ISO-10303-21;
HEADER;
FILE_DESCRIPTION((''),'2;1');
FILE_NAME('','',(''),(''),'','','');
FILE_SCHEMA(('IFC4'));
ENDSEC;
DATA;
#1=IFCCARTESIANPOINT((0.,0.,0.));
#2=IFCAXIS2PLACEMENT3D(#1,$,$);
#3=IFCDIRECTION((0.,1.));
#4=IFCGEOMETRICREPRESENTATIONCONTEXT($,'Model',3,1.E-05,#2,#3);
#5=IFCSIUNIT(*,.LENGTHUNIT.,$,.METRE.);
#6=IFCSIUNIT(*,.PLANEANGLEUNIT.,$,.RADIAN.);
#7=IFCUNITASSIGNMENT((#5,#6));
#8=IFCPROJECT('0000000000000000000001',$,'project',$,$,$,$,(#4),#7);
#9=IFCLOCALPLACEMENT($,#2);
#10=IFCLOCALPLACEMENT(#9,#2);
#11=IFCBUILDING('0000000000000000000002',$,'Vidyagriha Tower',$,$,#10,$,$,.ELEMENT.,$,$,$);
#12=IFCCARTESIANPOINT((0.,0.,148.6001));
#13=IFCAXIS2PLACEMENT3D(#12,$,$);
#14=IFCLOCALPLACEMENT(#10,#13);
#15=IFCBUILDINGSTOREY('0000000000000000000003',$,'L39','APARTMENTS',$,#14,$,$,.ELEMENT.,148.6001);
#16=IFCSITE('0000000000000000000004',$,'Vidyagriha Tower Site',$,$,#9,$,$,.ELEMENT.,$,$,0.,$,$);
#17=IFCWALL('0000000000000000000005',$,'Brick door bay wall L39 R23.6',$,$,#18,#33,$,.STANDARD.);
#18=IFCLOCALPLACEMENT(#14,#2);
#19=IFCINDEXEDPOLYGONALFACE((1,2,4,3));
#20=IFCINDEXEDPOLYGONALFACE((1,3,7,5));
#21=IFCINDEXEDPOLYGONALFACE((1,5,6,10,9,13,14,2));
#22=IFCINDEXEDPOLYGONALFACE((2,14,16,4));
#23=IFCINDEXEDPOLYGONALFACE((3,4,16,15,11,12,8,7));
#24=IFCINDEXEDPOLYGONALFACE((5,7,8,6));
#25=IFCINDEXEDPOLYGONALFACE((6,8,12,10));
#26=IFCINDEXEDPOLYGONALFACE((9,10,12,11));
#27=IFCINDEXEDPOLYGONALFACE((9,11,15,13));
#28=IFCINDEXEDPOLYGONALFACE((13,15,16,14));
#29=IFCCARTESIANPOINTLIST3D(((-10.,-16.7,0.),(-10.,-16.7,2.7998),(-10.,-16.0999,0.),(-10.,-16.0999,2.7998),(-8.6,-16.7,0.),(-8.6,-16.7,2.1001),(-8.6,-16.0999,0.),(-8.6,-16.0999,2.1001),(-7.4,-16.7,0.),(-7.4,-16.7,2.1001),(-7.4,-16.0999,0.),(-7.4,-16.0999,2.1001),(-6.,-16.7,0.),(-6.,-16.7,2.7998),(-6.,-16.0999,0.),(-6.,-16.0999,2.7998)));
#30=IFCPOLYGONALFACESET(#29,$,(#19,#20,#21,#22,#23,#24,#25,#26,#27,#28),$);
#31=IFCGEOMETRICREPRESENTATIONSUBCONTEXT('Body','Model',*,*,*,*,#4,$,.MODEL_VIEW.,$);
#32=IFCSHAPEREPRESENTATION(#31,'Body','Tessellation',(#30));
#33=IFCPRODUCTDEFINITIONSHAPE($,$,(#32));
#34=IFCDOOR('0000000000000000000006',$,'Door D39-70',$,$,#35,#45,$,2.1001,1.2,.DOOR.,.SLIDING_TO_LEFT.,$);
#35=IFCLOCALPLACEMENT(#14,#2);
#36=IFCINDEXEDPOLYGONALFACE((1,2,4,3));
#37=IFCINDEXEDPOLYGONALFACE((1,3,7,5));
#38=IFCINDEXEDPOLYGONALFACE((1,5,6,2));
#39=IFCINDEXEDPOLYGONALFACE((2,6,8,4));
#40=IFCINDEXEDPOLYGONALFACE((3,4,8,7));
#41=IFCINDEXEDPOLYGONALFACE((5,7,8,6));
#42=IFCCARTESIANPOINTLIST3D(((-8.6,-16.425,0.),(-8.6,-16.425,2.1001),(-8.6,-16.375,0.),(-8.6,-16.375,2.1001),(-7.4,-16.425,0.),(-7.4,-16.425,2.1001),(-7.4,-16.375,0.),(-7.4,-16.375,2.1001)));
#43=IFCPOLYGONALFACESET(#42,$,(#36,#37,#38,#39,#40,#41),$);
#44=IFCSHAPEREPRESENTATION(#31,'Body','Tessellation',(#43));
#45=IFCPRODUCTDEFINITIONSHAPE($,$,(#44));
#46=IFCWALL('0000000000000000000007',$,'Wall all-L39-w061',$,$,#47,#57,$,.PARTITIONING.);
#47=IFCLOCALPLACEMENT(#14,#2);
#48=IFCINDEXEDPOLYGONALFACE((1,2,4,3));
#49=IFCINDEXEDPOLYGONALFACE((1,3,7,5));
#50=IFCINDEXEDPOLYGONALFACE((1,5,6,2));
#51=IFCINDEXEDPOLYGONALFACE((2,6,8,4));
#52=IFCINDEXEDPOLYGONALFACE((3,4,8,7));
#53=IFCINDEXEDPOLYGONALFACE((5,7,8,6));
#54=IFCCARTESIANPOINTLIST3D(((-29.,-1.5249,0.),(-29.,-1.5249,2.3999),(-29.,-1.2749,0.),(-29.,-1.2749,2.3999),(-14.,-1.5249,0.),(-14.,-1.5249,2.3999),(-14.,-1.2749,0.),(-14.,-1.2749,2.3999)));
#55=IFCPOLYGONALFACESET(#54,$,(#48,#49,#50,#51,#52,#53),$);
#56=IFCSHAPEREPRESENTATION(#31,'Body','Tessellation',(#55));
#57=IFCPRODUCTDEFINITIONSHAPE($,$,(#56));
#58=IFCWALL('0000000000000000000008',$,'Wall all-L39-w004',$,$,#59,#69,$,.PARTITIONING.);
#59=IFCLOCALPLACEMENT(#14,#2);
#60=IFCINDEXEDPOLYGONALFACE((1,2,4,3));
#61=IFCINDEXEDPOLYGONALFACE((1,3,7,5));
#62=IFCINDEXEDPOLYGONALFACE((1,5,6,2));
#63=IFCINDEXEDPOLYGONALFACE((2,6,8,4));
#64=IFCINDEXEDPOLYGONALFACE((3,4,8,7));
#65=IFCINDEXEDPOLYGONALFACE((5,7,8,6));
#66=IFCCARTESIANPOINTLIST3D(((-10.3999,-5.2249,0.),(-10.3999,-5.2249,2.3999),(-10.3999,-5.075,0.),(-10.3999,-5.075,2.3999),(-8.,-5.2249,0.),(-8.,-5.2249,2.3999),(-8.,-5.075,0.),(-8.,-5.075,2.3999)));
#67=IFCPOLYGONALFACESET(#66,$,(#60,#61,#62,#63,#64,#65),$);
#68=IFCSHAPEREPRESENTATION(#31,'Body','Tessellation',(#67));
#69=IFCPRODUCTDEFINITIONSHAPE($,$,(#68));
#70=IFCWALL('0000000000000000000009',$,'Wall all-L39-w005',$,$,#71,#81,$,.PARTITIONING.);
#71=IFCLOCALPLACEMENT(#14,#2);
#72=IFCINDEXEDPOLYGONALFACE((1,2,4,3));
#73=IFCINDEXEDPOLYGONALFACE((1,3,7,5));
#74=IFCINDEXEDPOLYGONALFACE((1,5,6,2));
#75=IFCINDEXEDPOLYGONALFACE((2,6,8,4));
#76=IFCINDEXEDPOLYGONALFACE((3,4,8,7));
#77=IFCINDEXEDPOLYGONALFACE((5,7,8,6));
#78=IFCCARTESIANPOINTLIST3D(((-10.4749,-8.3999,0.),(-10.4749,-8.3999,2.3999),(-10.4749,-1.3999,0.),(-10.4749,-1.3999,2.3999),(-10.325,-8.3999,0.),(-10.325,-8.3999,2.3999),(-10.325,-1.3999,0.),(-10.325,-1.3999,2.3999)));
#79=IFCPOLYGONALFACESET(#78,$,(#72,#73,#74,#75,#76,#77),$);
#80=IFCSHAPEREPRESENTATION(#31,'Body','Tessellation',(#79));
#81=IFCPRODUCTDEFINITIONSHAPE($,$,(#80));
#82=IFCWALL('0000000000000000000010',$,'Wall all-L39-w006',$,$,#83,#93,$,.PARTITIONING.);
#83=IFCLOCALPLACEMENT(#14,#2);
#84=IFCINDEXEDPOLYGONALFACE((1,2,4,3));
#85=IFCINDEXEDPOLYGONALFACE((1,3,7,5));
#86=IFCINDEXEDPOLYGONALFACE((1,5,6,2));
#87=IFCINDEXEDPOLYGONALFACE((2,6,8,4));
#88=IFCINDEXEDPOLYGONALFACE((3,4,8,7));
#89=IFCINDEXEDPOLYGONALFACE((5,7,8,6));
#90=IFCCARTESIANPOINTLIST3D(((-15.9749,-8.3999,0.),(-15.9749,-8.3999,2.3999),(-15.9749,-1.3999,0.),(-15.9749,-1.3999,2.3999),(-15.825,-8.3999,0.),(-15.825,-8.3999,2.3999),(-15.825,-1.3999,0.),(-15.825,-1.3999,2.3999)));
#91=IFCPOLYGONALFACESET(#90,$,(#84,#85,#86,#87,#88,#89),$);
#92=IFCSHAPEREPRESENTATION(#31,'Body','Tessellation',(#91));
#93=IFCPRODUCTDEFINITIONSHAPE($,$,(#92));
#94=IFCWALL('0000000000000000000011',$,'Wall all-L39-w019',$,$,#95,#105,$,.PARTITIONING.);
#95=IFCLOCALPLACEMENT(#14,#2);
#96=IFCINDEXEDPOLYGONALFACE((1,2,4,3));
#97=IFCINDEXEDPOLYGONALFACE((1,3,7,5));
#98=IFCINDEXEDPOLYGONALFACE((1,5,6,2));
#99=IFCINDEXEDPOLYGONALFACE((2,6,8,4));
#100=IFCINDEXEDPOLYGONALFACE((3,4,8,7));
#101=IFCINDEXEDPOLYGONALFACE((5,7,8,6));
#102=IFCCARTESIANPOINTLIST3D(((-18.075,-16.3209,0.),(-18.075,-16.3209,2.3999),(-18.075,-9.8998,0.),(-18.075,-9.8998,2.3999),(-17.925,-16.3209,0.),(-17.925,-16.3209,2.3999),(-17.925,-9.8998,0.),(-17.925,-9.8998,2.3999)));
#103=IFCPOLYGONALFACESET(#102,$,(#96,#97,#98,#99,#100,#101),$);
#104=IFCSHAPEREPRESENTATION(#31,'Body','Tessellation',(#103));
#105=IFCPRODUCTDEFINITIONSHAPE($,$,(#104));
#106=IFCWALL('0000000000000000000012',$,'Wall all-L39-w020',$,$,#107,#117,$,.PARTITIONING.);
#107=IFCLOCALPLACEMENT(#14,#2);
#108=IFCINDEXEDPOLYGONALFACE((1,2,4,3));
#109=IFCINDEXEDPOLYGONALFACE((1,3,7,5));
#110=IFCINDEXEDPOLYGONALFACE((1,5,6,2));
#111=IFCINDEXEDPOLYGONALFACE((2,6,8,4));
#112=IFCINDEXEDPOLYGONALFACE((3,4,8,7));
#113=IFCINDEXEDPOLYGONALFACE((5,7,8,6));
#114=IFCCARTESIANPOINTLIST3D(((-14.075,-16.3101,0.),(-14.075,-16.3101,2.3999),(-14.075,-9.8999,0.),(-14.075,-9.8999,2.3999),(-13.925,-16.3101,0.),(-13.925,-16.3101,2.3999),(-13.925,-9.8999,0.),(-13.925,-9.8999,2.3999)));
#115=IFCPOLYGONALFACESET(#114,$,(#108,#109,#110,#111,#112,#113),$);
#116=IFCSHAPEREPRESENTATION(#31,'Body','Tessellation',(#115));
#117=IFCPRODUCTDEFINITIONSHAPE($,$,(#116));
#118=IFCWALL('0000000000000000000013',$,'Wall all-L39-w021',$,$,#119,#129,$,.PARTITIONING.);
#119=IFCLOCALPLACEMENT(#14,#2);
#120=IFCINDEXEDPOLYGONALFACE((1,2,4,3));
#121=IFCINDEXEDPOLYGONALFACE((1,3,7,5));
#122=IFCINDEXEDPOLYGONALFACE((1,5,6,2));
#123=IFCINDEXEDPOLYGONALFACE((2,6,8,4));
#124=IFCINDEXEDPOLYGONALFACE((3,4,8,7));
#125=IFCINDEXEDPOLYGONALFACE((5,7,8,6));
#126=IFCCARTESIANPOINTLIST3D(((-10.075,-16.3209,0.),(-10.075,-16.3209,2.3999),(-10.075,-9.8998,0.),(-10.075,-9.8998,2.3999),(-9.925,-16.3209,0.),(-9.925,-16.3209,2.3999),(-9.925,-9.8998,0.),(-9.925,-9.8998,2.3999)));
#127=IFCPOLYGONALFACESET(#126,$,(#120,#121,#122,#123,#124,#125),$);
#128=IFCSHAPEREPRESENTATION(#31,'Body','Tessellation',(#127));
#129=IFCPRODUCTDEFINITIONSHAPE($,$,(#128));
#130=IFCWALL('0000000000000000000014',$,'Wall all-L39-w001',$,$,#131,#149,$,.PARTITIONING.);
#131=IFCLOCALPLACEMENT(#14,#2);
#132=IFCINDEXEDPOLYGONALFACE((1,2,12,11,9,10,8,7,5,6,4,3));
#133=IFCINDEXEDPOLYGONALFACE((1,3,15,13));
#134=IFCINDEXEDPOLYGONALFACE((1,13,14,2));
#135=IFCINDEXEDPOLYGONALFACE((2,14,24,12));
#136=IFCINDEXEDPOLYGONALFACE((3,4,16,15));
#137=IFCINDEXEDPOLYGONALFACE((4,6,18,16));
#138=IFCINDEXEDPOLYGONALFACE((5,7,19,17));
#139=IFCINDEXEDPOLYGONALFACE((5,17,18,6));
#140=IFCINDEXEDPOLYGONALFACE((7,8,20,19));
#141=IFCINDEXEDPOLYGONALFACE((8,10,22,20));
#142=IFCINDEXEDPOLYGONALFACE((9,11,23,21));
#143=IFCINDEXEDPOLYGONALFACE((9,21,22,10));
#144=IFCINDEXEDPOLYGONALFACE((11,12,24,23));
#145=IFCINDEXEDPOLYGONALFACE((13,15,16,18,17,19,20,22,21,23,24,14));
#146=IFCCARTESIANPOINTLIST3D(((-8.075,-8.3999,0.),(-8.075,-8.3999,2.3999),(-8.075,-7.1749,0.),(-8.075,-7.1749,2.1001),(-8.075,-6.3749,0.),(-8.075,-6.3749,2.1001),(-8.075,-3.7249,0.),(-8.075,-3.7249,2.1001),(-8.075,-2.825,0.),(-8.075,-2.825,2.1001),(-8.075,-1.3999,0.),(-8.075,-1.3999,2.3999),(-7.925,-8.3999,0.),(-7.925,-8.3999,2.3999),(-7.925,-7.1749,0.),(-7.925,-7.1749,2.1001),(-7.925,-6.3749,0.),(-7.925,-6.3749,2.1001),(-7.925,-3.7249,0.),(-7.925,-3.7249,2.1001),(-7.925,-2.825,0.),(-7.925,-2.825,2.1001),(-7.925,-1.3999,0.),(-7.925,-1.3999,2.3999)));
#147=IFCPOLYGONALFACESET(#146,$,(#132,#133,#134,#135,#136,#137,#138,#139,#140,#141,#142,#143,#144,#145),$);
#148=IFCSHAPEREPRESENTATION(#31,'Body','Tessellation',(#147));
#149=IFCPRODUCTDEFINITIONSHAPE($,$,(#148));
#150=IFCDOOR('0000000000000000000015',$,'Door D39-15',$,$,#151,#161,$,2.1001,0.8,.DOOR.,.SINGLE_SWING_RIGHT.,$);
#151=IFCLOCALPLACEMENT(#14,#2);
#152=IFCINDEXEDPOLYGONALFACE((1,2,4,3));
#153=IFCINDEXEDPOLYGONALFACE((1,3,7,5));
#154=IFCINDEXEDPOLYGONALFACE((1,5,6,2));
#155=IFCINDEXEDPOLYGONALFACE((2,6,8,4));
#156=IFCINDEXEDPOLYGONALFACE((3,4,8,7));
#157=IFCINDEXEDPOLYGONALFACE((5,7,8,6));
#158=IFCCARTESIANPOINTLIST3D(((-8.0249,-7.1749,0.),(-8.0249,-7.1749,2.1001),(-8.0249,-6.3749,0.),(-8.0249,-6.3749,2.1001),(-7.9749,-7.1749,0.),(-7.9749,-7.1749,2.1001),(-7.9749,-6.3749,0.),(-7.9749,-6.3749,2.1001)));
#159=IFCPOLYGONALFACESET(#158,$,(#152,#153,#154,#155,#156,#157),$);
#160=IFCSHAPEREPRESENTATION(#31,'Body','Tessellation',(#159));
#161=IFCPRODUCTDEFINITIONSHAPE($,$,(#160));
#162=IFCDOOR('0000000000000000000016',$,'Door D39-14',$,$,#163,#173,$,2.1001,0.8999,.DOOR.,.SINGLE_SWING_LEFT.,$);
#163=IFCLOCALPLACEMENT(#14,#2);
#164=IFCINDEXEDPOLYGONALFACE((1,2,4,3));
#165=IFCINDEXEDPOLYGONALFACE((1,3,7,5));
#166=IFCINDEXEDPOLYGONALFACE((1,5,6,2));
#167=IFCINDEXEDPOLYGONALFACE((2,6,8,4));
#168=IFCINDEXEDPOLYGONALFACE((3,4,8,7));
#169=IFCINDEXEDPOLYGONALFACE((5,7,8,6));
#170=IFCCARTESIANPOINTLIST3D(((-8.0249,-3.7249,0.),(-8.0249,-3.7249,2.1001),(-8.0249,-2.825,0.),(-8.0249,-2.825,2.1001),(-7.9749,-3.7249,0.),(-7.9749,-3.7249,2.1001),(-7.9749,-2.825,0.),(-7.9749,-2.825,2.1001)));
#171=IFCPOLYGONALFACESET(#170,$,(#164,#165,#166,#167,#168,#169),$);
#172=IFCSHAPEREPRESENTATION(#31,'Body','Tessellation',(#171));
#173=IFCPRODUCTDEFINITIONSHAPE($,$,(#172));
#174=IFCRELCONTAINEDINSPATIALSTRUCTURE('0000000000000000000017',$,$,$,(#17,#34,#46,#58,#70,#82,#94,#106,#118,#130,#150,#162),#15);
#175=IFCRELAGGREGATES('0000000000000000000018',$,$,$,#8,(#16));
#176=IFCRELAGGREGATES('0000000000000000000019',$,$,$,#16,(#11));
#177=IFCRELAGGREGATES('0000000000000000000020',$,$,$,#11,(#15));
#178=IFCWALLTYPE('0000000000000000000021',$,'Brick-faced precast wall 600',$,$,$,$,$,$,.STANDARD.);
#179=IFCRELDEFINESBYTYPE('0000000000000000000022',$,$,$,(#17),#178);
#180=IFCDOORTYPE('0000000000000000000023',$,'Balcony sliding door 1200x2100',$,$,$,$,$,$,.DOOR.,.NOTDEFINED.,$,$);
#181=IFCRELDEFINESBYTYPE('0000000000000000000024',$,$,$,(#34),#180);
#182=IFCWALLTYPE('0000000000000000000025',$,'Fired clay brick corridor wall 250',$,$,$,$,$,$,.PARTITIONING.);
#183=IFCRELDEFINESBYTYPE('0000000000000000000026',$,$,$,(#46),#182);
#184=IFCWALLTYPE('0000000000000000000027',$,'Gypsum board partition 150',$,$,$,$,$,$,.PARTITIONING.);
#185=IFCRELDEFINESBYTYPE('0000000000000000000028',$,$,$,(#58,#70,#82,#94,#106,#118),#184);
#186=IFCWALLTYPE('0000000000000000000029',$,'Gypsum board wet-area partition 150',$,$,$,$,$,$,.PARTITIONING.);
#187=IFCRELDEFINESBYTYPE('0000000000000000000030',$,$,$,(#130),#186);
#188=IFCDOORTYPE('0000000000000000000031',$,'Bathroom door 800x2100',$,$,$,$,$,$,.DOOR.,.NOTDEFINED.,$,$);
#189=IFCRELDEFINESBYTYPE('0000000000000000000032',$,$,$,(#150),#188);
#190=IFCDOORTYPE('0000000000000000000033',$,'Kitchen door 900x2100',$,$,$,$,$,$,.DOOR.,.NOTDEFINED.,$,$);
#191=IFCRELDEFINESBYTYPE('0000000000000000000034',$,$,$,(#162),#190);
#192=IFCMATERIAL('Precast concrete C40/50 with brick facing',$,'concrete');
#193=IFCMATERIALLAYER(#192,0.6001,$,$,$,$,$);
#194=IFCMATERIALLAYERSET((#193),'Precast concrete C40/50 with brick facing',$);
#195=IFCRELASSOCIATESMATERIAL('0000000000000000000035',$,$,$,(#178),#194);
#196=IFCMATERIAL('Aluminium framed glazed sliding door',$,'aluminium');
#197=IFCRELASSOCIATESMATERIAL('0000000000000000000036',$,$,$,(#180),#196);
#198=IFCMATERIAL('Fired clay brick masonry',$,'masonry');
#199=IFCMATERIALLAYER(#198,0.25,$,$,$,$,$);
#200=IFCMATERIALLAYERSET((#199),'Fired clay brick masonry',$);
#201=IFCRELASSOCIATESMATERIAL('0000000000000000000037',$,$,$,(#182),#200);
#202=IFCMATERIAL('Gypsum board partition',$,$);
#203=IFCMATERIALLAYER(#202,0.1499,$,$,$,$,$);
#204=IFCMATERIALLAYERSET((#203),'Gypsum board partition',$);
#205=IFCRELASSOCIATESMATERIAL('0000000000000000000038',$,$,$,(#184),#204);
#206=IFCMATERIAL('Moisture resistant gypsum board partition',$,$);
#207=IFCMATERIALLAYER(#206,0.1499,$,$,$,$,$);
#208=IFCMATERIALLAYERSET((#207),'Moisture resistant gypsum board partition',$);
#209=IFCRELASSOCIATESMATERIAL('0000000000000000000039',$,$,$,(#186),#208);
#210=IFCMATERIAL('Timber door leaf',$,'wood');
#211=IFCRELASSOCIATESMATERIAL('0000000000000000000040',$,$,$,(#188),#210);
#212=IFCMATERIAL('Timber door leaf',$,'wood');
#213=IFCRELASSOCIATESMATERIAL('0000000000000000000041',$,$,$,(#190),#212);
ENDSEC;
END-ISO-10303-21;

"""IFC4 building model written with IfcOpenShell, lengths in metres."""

from ifc_helpers import new_model, si_unit, direction, frame, frame_2d, origin, place, context, subcontext, project, spatial, rectangle, extrude, material, layer, layer_set, type_object, element, fill, save


model = new_model("IFC4")

# Units and contexts
model_context = context("Model", 3, precision=1e-05, world=origin(), true_north=direction((0.0, 1.0)))
body_context = subcontext(model_context, "Body", "Model", "MODEL_VIEW")
ifc_project = project(units=[si_unit("LENGTHUNIT", "METRE"), si_unit("PLANEANGLEUNIT", "RADIAN")], contexts=[model_context])

# Site, building, storey
site_placement = place(None, origin())
site = spatial("IfcSite", under=ifc_project, at=site_placement, Name="Vidyagriha Tower Site", CompositionType="ELEMENT", RefElevation=0.0)
building_placement = place(site_placement, origin())
building = spatial("IfcBuilding", under=site, at=building_placement, Name="Vidyagriha Tower", CompositionType="ELEMENT")
storey_placement = place(building_placement, frame((0.0, 0.0, 148.6001)))
storey = spatial("IfcBuildingStorey", under=building, at=storey_placement, Name="L39", Description="APARTMENTS", CompositionType="ELEMENT", Elevation=148.6001)

# Wall, opening, door
ifc_material_1 = material(Name="Precast concrete C40/50 with brick facing", Category="concrete")
ifc_layer_1 = layer(ifc_material_1, 0.6001)
ifc_layer_set_1 = layer_set([ifc_layer_1], Name="Precast concrete C40/50 with brick facing")
wall_type_1 = type_object("IfcWallType", Name="Brick-faced precast wall 600", PredefinedType="STANDARD", material=ifc_layer_set_1)
ifc_material_2 = material(Name="Aluminium framed glazed sliding door", Category="aluminium")
door_type_1 = type_object("IfcDoorType", Name="Balcony sliding door 1200x2100", OperationType="NOTDEFINED", PredefinedType="DOOR", material=ifc_material_2)
wall_1_placement = place(storey_placement, frame((-10.0, -16.3999, 0.0)))
wall_1 = element("IfcWall", 1, at=wall_1_placement, inside=storey, type_object=wall_type_1, Name="Brick door bay wall L39 R23.6", PredefinedType="STANDARD", context=body_context, shape_type="SweptSolid", body=[
    extrude(rectangle(XDim=4.0, YDim=0.6001, at=frame_2d((2.0, 0.0))), origin(), (0.0, 0.0, 1.0), 2.7998),
])
opening_1_placement = place(wall_1_placement, frame((1.3999, 0.0, 0.0)))
opening_1 = element("IfcOpeningElement", 2, at=opening_1_placement, cuts=wall_1, PredefinedType="OPENING", context=body_context, shape_type="SweptSolid", body=[
    extrude(rectangle(XDim=1.2, YDim=2.1001, at=frame_2d((0.6001, 1.05))), frame((0.0, 0.3101, 0.0), z_axis=(0.0, -1.0, 0.0), x_axis=(1.0, 0.0, 0.0)), (0.0, 0.0, 1.0), 0.6201),
])
door_1_placement = place(opening_1_placement, origin())
door_1 = element("IfcDoor", 3, at=door_1_placement, inside=storey, type_object=door_type_1, Name="Door D39-70", OperationType="SLIDING_TO_LEFT", OverallHeight=2.1001, OverallWidth=1.2, PredefinedType="DOOR", context=body_context, shape_type="SweptSolid", body=[
    extrude(rectangle(XDim=1.2, YDim=2.1001, at=frame_2d((0.6001, 1.05))), frame((0.0, 0.0249, 0.0), z_axis=(0.0, -1.0, 0.0), x_axis=(1.0, 0.0, 0.0)), (0.0, 0.0, 1.0), 0.05),
])
fill(opening_1, door_1)

# Walls
ifc_material_3 = material(Name="Fired clay brick masonry", Category="masonry")
ifc_layer_2 = layer(ifc_material_3, 0.25)
ifc_layer_set_2 = layer_set([ifc_layer_2], Name="Fired clay brick masonry")
wall_type_2 = type_object("IfcWallType", Name="Fired clay brick corridor wall 250", PredefinedType="PARTITIONING", material=ifc_layer_set_2)
wall_2_placement = place(storey_placement, frame((-14.0, -1.3999, 0.0), z_axis=(0.0, 0.0, 1.0), x_axis=(-1.0, 0.0, 0.0)))
element("IfcWall", 4, at=wall_2_placement, inside=storey, type_object=wall_type_2, Name="Wall all-L39-w061", PredefinedType="PARTITIONING", context=body_context, shape_type="SweptSolid", body=[
    extrude(rectangle(XDim=15.0, YDim=0.25, at=frame_2d((7.5, 0.0))), origin(), (0.0, 0.0, 1.0), 2.3999),
])
ifc_material_4 = material(Name="Gypsum board partition")
ifc_layer_3 = layer(ifc_material_4, 0.1499)
ifc_layer_set_3 = layer_set([ifc_layer_3], Name="Gypsum board partition")
wall_type_3 = type_object("IfcWallType", Name="Gypsum board partition 150", PredefinedType="PARTITIONING", material=ifc_layer_set_3)
wall_3_placement = place(storey_placement, frame((-8.0, -5.1499, 0.0), z_axis=(0.0, 0.0, 1.0), x_axis=(-1.0, 0.0, 0.0)))
element("IfcWall", 5, at=wall_3_placement, inside=storey, type_object=wall_type_3, Name="Wall all-L39-w004", PredefinedType="PARTITIONING", context=body_context, shape_type="SweptSolid", body=[
    extrude(rectangle(XDim=2.3999, YDim=0.1499, at=frame_2d((1.2, 0.0))), origin(), (0.0, 0.0, 1.0), 2.3999),
])
for number, where, z_axis, x_axis, name in (
    (6, (-10.3999, -8.3999, 0.0), (0.0, 0.0, 1.0), (0.0, 1.0, 0.0), "Wall all-L39-w005"),
    (7, (-15.8999, -8.3999, 0.0), (0.0, 0.0, 1.0), (0.0, 1.0, 0.0), "Wall all-L39-w006"),
):
    element("IfcWall", number, at=place(storey_placement, frame(where, z_axis=z_axis, x_axis=x_axis)), inside=storey, type_object=wall_type_3, Name=name, PredefinedType="PARTITIONING", context=body_context, shape_type="SweptSolid", body=[
        extrude(rectangle(XDim=7.0, YDim=0.1499, at=frame_2d((3.5, 0.0))), origin(), (0.0, 0.0, 1.0), 2.3999),
    ])
wall_4_placement = place(storey_placement, frame((-18.0, -9.8999, 0.0), z_axis=(0.0, 0.0, 1.0), x_axis=(0.0, -1.0, 0.0)))
element("IfcWall", 8, at=wall_4_placement, inside=storey, type_object=wall_type_3, Name="Wall all-L39-w019", PredefinedType="PARTITIONING", context=body_context, shape_type="SweptSolid", body=[
    extrude(rectangle(XDim=6.4211, YDim=0.1499, at=frame_2d((3.2104, 0.0))), origin(), (0.0, 0.0, 1.0), 2.3999),
])
wall_5_placement = place(storey_placement, frame((-14.0, -9.8999, 0.0), z_axis=(0.0, 0.0, 1.0), x_axis=(0.0, -1.0, 0.0)))
element("IfcWall", 9, at=wall_5_placement, inside=storey, type_object=wall_type_3, Name="Wall all-L39-w020", PredefinedType="PARTITIONING", context=body_context, shape_type="SweptSolid", body=[
    extrude(rectangle(XDim=6.4102, YDim=0.1499, at=frame_2d((3.2051, 0.0))), origin(), (0.0, 0.0, 1.0), 2.3999),
])
wall_6_placement = place(storey_placement, frame((-10.0, -9.8999, 0.0), z_axis=(0.0, 0.0, 1.0), x_axis=(0.0, -1.0, 0.0)))
element("IfcWall", 10, at=wall_6_placement, inside=storey, type_object=wall_type_3, Name="Wall all-L39-w021", PredefinedType="PARTITIONING", context=body_context, shape_type="SweptSolid", body=[
    extrude(rectangle(XDim=6.4211, YDim=0.1499, at=frame_2d((3.2104, 0.0))), origin(), (0.0, 0.0, 1.0), 2.3999),
])

# Wall, openings, doors
ifc_material_5 = material(Name="Moisture resistant gypsum board partition")
ifc_layer_4 = layer(ifc_material_5, 0.1499)
ifc_layer_set_4 = layer_set([ifc_layer_4], Name="Moisture resistant gypsum board partition")
wall_type_4 = type_object("IfcWallType", Name="Gypsum board wet-area partition 150", PredefinedType="PARTITIONING", material=ifc_layer_set_4)
wall_7_placement = place(storey_placement, frame((-8.0, -8.3999, 0.0), z_axis=(0.0, 0.0, 1.0), x_axis=(0.0, 1.0, 0.0)))
wall_7 = element("IfcWall", 11, at=wall_7_placement, inside=storey, type_object=wall_type_4, Name="Wall all-L39-w001", PredefinedType="PARTITIONING", context=body_context, shape_type="SweptSolid", body=[
    extrude(rectangle(XDim=7.0, YDim=0.1499, at=frame_2d((3.5, 0.0))), origin(), (0.0, 0.0, 1.0), 2.3999),
])
opening_2_placement = place(wall_7_placement, frame((4.675, 0.0, 0.0)))
opening_2 = element("IfcOpeningElement", 12, at=opening_2_placement, cuts=wall_7, PredefinedType="OPENING", context=body_context, shape_type="SweptSolid", body=[
    extrude(rectangle(XDim=0.8999, YDim=2.1001, at=frame_2d((0.45, 1.05))), frame((0.0, 0.085, 0.0), z_axis=(0.0, -1.0, 0.0), x_axis=(1.0, 0.0, 0.0)), (0.0, 0.0, 1.0), 0.1699),
])
opening_3_placement = place(wall_7_placement, frame((1.2251, 0.0, 0.0)))
opening_3 = element("IfcOpeningElement", 13, at=opening_3_placement, cuts=wall_7, PredefinedType="OPENING", context=body_context, shape_type="SweptSolid", body=[
    extrude(rectangle(XDim=0.8, YDim=2.1001, at=frame_2d((0.3999, 1.05))), frame((0.0, 0.085, 0.0), z_axis=(0.0, -1.0, 0.0), x_axis=(1.0, 0.0, 0.0)), (0.0, 0.0, 1.0), 0.1699),
])
ifc_material_6 = material(Name="Timber door leaf", Category="wood")
door_type_2 = type_object("IfcDoorType", Name="Bathroom door 800x2100", OperationType="NOTDEFINED", PredefinedType="DOOR", material=ifc_material_6)
door_2_placement = place(opening_3_placement, origin())
door_2 = element("IfcDoor", 14, at=door_2_placement, inside=storey, type_object=door_type_2, Name="Door D39-15", OperationType="SINGLE_SWING_RIGHT", OverallHeight=2.1001, OverallWidth=0.8, PredefinedType="DOOR", context=body_context, shape_type="SweptSolid", body=[
    extrude(rectangle(XDim=0.8, YDim=2.1001, at=frame_2d((0.3999, 1.05))), frame((0.0, 0.0249, 0.0), z_axis=(0.0, -1.0, 0.0), x_axis=(1.0, 0.0, 0.0)), (0.0, 0.0, 1.0), 0.05),
])
fill(opening_3, door_2)
ifc_material_7 = material(Name="Timber door leaf", Category="wood")
door_type_3 = type_object("IfcDoorType", Name="Kitchen door 900x2100", OperationType="NOTDEFINED", PredefinedType="DOOR", material=ifc_material_7)
door_3_placement = place(opening_2_placement, origin())
door_3 = element("IfcDoor", 15, at=door_3_placement, inside=storey, type_object=door_type_3, Name="Door D39-14", OperationType="SINGLE_SWING_LEFT", OverallHeight=2.1001, OverallWidth=0.8999, PredefinedType="DOOR", context=body_context, shape_type="SweptSolid", body=[
    extrude(rectangle(XDim=0.8999, YDim=2.1001, at=frame_2d((0.45, 1.05))), frame((0.0, 0.0249, 0.0), z_axis=(0.0, -1.0, 0.0), x_axis=(1.0, 0.0, 0.0)), (0.0, 0.0, 1.0), 0.05),
])
fill(opening_2, door_3)

save(model, "model.ifc")
